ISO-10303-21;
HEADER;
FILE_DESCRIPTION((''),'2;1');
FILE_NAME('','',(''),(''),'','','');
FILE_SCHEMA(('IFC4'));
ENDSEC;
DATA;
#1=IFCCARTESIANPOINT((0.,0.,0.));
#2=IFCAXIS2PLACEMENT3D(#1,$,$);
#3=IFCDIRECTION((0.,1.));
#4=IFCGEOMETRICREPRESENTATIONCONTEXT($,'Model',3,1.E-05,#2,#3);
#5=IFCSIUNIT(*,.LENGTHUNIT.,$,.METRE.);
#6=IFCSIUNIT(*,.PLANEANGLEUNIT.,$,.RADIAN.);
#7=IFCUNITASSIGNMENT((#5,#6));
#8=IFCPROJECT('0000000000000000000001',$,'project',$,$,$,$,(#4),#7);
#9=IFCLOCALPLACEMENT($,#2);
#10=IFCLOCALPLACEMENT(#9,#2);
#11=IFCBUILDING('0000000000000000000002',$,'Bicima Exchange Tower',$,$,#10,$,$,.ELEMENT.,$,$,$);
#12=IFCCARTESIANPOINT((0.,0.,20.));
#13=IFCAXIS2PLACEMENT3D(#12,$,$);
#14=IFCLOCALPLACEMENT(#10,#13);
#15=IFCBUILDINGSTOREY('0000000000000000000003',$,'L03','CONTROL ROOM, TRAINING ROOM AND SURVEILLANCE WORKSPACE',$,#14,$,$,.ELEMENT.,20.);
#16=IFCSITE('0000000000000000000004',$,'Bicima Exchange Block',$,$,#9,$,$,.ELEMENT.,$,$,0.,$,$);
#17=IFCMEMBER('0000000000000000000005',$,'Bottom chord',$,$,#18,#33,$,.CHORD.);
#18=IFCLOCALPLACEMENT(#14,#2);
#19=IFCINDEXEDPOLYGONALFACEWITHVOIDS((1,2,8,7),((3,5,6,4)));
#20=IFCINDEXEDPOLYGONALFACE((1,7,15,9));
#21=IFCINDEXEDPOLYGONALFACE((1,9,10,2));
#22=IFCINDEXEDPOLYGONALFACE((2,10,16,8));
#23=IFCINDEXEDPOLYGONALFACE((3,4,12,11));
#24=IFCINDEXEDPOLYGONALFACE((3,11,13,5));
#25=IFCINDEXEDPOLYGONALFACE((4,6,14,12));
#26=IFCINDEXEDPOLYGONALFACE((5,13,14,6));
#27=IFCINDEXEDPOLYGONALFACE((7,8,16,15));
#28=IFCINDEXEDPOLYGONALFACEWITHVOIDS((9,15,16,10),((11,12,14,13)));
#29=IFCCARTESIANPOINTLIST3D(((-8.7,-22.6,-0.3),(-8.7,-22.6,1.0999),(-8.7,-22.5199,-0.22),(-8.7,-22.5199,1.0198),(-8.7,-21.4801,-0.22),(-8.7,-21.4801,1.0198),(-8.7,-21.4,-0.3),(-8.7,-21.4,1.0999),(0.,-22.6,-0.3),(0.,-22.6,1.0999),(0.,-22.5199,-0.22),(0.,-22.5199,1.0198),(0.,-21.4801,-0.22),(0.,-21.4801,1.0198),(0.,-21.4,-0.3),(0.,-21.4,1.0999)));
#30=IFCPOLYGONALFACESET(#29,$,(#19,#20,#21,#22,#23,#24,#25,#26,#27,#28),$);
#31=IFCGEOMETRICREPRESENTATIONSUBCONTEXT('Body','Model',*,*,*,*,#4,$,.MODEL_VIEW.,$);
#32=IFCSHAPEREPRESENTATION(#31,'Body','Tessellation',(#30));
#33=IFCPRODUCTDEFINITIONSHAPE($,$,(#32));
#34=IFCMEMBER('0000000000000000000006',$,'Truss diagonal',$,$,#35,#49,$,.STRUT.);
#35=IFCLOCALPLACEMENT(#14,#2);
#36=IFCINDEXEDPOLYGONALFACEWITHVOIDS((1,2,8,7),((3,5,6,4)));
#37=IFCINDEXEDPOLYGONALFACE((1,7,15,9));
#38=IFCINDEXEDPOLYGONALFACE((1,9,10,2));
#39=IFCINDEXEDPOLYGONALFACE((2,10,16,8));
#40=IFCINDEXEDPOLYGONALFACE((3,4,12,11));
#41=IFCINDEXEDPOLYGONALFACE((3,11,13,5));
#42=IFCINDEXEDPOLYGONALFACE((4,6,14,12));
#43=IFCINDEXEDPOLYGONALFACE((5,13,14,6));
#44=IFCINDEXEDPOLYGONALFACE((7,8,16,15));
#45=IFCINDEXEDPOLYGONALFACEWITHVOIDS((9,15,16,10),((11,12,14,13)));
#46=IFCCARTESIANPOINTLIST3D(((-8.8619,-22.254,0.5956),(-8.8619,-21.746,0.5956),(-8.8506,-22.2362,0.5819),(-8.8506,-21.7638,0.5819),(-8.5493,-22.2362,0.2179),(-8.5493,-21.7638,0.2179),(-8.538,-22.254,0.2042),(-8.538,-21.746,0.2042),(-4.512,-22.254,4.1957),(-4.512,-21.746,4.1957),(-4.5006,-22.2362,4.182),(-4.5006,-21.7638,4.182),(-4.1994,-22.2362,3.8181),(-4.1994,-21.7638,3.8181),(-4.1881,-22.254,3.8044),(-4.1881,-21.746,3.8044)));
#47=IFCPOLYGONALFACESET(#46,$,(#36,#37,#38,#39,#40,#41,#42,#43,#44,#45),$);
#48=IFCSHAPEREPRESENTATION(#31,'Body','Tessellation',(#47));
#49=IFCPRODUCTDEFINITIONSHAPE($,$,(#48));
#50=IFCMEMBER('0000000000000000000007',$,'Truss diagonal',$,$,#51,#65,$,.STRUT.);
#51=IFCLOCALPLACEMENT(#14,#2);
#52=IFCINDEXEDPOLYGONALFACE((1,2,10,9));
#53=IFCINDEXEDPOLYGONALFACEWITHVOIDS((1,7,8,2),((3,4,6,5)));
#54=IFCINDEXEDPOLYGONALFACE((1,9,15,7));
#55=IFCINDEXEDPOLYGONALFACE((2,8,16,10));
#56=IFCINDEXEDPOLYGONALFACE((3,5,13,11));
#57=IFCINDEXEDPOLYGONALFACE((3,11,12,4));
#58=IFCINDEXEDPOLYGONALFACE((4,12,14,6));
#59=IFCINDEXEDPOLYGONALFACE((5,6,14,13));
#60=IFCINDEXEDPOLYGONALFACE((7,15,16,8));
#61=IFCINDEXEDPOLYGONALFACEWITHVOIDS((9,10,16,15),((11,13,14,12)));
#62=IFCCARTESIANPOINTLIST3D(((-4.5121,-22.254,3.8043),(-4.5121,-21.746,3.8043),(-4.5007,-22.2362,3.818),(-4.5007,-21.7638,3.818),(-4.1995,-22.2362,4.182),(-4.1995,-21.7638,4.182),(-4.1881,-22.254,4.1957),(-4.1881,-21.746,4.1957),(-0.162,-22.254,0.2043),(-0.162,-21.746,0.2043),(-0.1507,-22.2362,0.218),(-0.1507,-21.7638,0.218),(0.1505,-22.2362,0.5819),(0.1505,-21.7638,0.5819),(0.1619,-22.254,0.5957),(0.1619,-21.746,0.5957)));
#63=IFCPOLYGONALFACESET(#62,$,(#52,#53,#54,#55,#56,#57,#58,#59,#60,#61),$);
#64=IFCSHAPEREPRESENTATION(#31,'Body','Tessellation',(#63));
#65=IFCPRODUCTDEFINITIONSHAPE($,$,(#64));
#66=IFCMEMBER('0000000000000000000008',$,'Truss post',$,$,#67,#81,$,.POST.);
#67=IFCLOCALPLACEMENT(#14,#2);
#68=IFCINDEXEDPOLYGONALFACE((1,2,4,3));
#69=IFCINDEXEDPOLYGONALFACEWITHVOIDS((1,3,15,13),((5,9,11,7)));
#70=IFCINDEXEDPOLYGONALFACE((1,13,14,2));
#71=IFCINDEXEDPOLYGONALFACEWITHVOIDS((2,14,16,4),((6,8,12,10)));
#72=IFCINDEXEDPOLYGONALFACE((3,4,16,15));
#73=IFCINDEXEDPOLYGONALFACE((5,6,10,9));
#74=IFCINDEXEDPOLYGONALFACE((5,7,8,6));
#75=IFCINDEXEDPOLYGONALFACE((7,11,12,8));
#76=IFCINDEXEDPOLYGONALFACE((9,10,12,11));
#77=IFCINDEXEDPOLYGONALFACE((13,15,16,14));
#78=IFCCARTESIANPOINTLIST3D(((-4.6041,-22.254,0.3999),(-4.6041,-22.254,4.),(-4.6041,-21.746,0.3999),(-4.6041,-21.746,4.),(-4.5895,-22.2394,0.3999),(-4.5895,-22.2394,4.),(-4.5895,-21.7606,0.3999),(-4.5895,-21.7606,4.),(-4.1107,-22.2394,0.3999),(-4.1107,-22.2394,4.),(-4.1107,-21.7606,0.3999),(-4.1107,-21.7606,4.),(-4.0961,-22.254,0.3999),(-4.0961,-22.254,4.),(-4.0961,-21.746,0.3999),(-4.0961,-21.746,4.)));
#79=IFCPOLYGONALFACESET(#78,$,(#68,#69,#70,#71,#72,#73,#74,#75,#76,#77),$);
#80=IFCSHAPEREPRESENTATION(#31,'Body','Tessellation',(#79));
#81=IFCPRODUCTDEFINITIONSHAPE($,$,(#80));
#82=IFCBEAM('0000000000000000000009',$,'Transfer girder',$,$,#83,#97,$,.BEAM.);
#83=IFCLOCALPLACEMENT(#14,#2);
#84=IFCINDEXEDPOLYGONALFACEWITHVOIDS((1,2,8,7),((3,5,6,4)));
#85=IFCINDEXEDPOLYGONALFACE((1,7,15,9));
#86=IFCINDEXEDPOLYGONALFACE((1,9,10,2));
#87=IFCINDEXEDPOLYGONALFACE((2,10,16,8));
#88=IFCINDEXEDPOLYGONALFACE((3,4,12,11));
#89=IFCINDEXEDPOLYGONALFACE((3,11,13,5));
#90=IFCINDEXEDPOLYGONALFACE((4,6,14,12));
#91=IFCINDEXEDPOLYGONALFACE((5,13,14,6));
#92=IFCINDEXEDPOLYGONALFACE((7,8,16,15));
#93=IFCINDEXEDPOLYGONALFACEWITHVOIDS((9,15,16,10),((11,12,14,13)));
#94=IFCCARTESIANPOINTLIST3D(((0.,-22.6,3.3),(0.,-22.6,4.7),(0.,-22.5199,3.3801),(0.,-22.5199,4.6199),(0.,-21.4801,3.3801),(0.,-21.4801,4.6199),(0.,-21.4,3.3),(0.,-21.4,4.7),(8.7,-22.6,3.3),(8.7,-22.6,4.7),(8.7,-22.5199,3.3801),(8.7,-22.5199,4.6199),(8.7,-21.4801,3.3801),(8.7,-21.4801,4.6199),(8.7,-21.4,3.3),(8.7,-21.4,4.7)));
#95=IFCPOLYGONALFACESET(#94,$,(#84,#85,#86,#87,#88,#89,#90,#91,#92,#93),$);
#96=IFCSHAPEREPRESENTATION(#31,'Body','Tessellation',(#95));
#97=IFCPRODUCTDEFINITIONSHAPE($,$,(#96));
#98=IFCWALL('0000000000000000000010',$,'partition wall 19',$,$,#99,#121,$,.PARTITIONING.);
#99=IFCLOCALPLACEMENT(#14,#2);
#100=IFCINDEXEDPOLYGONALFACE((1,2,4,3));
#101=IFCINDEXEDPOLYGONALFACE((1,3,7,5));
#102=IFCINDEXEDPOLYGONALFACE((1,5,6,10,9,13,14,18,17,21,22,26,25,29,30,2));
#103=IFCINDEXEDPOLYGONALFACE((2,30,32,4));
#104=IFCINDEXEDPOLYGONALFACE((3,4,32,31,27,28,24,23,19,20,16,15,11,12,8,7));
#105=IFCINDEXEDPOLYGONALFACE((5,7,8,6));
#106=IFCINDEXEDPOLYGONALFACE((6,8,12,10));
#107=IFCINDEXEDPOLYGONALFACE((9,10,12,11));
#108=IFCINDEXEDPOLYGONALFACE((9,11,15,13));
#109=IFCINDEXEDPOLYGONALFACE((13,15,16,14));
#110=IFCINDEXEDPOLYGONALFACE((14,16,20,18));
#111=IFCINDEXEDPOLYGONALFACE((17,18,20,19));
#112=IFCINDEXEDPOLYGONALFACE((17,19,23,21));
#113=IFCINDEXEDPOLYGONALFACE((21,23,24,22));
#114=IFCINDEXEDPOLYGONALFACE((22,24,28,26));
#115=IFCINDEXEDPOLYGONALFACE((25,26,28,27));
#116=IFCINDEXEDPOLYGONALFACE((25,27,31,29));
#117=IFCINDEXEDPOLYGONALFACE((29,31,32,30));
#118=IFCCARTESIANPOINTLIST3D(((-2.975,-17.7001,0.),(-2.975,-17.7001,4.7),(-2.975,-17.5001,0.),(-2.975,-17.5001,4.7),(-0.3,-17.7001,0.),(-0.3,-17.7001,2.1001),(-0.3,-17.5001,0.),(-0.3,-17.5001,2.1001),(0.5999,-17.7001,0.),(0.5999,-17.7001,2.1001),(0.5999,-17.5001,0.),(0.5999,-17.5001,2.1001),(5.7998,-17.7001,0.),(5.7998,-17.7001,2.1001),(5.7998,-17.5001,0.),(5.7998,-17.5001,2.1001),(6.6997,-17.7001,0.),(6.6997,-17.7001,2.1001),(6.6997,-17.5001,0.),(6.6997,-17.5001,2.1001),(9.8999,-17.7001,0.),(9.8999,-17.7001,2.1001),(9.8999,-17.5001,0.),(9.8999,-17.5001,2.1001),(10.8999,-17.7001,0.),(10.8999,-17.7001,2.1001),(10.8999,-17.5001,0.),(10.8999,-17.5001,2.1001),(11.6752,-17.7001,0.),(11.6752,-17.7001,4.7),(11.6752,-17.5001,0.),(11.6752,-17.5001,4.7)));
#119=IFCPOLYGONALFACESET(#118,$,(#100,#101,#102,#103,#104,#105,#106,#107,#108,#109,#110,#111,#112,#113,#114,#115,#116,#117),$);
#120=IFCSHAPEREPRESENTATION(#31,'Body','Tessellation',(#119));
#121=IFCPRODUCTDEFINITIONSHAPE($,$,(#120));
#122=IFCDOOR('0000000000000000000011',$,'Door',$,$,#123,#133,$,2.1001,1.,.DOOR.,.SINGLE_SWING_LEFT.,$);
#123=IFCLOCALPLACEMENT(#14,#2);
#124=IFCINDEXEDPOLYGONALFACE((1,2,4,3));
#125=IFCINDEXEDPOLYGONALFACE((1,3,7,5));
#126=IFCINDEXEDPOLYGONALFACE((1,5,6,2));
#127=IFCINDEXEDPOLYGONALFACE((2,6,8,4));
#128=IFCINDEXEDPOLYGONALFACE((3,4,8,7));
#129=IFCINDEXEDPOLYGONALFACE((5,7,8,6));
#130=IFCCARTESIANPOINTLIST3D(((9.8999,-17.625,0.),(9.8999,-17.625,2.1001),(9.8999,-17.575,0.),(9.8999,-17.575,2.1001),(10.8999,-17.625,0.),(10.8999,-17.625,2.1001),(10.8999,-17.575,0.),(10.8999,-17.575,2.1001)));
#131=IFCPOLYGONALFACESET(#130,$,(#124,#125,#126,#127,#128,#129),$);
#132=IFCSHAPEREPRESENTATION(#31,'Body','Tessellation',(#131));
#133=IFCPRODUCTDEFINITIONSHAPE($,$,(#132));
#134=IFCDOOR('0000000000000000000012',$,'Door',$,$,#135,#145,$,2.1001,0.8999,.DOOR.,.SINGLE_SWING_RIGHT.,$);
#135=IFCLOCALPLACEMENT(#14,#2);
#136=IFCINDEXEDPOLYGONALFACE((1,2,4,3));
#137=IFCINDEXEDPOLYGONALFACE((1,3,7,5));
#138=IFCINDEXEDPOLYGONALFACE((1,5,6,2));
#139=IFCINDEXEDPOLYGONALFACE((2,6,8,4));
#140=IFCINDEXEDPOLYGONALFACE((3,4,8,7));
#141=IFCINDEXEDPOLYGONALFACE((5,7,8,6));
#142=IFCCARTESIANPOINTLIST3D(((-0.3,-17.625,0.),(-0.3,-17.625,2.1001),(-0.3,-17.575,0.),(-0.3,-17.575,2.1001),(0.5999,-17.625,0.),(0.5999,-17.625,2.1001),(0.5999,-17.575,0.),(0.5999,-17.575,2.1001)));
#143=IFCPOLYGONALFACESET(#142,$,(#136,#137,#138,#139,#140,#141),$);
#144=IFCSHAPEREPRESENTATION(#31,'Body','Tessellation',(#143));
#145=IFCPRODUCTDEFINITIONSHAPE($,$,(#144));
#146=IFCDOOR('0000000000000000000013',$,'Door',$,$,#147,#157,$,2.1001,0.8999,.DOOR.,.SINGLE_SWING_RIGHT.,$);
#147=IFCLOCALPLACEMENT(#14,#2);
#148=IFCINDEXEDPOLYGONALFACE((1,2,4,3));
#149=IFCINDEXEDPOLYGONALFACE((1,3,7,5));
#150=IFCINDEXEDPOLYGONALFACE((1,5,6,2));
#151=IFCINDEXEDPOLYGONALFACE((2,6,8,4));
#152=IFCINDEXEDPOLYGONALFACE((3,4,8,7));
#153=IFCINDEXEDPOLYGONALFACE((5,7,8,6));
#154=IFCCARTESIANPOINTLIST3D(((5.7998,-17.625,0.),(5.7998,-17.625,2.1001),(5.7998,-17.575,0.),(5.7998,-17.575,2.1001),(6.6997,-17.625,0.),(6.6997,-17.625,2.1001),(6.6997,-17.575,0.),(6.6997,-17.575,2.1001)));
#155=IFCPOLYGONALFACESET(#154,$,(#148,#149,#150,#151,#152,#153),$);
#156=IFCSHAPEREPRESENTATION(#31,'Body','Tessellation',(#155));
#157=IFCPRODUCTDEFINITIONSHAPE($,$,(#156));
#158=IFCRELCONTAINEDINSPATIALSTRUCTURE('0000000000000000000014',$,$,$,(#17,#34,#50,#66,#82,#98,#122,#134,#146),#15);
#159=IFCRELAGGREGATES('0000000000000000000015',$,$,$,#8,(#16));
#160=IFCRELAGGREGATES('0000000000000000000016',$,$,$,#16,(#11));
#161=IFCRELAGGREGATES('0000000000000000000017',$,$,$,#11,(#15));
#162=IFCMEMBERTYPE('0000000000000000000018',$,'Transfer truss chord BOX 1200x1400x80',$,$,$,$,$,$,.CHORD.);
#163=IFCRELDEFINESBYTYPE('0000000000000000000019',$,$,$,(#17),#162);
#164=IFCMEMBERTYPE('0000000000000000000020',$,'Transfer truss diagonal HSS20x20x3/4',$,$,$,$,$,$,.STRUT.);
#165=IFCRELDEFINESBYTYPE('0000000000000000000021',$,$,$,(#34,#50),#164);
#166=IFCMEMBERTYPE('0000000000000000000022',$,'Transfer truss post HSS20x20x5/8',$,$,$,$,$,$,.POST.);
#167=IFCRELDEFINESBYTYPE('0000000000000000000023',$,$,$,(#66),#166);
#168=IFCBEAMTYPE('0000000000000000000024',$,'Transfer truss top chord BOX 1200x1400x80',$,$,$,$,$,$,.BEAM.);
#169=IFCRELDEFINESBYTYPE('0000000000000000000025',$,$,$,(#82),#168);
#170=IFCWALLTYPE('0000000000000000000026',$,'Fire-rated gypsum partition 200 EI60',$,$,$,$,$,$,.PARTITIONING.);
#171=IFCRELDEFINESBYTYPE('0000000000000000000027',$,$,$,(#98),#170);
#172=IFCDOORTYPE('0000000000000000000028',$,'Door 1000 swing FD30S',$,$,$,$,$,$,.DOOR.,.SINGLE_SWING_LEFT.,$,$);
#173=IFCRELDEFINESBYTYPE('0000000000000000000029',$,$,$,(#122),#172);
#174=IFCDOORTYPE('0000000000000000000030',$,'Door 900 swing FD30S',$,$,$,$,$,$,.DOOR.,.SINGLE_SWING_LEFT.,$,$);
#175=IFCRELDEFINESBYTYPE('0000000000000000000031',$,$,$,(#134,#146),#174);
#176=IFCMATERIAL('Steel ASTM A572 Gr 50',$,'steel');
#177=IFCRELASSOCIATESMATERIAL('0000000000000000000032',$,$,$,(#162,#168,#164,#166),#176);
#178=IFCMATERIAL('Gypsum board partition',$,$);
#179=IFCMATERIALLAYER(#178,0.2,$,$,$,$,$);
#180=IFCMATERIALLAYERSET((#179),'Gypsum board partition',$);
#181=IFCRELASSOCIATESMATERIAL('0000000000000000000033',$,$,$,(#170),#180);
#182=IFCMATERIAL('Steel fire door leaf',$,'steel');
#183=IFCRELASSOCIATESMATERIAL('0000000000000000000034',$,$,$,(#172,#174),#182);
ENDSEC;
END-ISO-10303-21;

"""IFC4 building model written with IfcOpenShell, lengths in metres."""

from ifc_helpers import new_model, si_unit, direction, frame, frame_2d, origin, origin_2d, place, context, subcontext, project, spatial, rectangle, hollow_rectangle, extrude, material, layer, layer_set, material_profile, profile_set, type_object, element, fill, save


model = new_model("IFC4")

# Units and contexts
model_context = context("Model", 3, precision=1e-05, world=origin(), true_north=direction((0.0, 1.0)))
body_context = subcontext(model_context, "Body", "Model", "MODEL_VIEW")
ifc_project = project(units=[si_unit("LENGTHUNIT", "METRE"), si_unit("PLANEANGLEUNIT", "RADIAN")], contexts=[model_context])

# Site, building, storey
site_placement = place(None, origin())
site = spatial("IfcSite", under=ifc_project, at=site_placement, Name="Bicima Exchange Block", CompositionType="ELEMENT", RefElevation=0.0)
building_placement = place(site_placement, origin())
building = spatial("IfcBuilding", under=site, at=building_placement, Name="Bicima Exchange Tower", CompositionType="ELEMENT")
storey_placement = place(building_placement, frame((0.0, 0.0, 20.0)))
storey = spatial("IfcBuildingStorey", under=building, at=storey_placement, Name="L03", Description="CONTROL ROOM, TRAINING ROOM AND SURVEILLANCE WORKSPACE", CompositionType="ELEMENT", Elevation=20.0)

# Members
ifc_material_1 = material(Name="Steel ASTM A572 Gr 50", Category="steel")
ifc_material_profile_1 = material_profile(ifc_material_1, hollow_rectangle(XDim=1.2, YDim=1.3999, WallThickness=0.0801, at=origin_2d()))
ifc_profile_set_1 = profile_set([ifc_material_profile_1], Name="Steel ASTM A572 Gr 50")
member_type_1 = type_object("IfcMemberType", Name="Transfer truss chord BOX 1200x1400x80", PredefinedType="CHORD", material=ifc_profile_set_1)
member_1_placement = place(storey_placement, frame((-8.7, -22.0, 0.3999), z_axis=(1.0, 0.0, 0.0), x_axis=(0.0, 1.0, 0.0)))
element("IfcMember", 1, at=member_1_placement, inside=storey, type_object=member_type_1, Name="Bottom chord", PredefinedType="CHORD", context=body_context, shape_type="SweptSolid", body=[
    extrude(hollow_rectangle(XDim=1.2, YDim=1.3999, WallThickness=0.0801, at=origin_2d()), origin(), (0.0, 0.0, 1.0), 8.7),
])
ifc_material_profile_2 = material_profile(ifc_material_1, hollow_rectangle(XDim=0.5081, YDim=0.5081, WallThickness=0.0178, at=origin_2d()))
ifc_profile_set_2 = profile_set([ifc_material_profile_2], Name="Steel ASTM A572 Gr 50")
member_type_2 = type_object("IfcMemberType", Name="Transfer truss diagonal HSS20x20x3/4", PredefinedType="STRUT", material=ifc_profile_set_2)
for number, where, z_axis, x_axis, name in (
    (2, (-8.7, -22.0, 0.3999), (0.770375, 0.0, 0.637591), (0.0, 1.0, 0.0), "Truss diagonal"),
    (3, (-4.3501, -22.0, 4.0), (0.770393, 0.0, -0.637569), (0.0, 1.0, 0.0), "Truss diagonal"),
):
    element("IfcMember", number, at=place(storey_placement, frame(where, z_axis=z_axis, x_axis=x_axis)), inside=storey, type_object=member_type_2, Name=name, PredefinedType="STRUT", context=body_context, shape_type="SweptSolid", body=[
        extrude(hollow_rectangle(XDim=0.5081, YDim=0.5081, WallThickness=0.0178, at=origin_2d()), origin(), (0.0, 0.0, 1.0), 5.6465),
    ])
ifc_material_profile_3 = material_profile(ifc_material_1, hollow_rectangle(XDim=0.5081, YDim=0.5081, WallThickness=0.0146, at=origin_2d()))
ifc_profile_set_3 = profile_set([ifc_material_profile_3], Name="Steel ASTM A572 Gr 50")
member_type_3 = type_object("IfcMemberType", Name="Transfer truss post HSS20x20x5/8", PredefinedType="POST", material=ifc_profile_set_3)
member_2_placement = place(storey_placement, frame((-4.3501, -22.0, 0.3999), z_axis=(0.0, 0.0, 1.0), x_axis=(1.0, 0.0, 0.0)))
element("IfcMember", 4, at=member_2_placement, inside=storey, type_object=member_type_3, Name="Truss post", PredefinedType="POST", context=body_context, shape_type="SweptSolid", body=[
    extrude(hollow_rectangle(XDim=0.5081, YDim=0.5081, WallThickness=0.0146, at=origin_2d()), origin(), (0.0, 0.0, 1.0), 3.6001),
])

# Beam
beam_type = type_object("IfcBeamType", Name="Transfer truss top chord BOX 1200x1400x80", PredefinedType="BEAM", material=ifc_profile_set_1)
beam_placement = place(storey_placement, frame((0.0, -22.0, 4.0), z_axis=(1.0, 0.0, 0.0), x_axis=(0.0, 1.0, 0.0)))
element("IfcBeam", 5, at=beam_placement, inside=storey, type_object=beam_type, Name="Transfer girder", PredefinedType="BEAM", context=body_context, shape_type="SweptSolid", body=[
    extrude(hollow_rectangle(XDim=1.2, YDim=1.3999, WallThickness=0.0801, at=origin_2d()), origin(), (0.0, 0.0, 1.0), 8.7),
])

# Wall, openings, doors
ifc_material_2 = material(Name="Gypsum board partition")
ifc_layer_1 = layer(ifc_material_2, 0.2)
ifc_layer_set_1 = layer_set([ifc_layer_1], Name="Gypsum board partition")
wall_type_1 = type_object("IfcWallType", Name="Fire-rated gypsum partition 200 EI60", PredefinedType="PARTITIONING", material=ifc_layer_set_1)
wall_1_placement = place(storey_placement, frame((-2.9751, -17.6001, 0.0), z_axis=(0.0, 0.0, 1.0), x_axis=(1.0, 0.0, 0.0)))
wall_1 = element("IfcWall", 6, at=wall_1_placement, inside=storey, type_object=wall_type_1, Name="partition wall 19", PredefinedType="PARTITIONING", context=body_context, shape_type="SweptSolid", body=[
    extrude(rectangle(XDim=14.6501, YDim=0.2, at=frame_2d((7.3252, 0.0))), origin(), (0.0, 0.0, 1.0), 4.7),
])
opening_1_placement = place(wall_1_placement, frame((2.675, 0.0, 0.0)))
opening_1 = element("IfcOpeningElement", 7, at=opening_1_placement, cuts=wall_1, PredefinedType="OPENING", context=body_context, shape_type="SweptSolid", body=[
    extrude(rectangle(XDim=0.8999, YDim=2.1001, at=frame_2d((0.45, 1.05))), frame((0.0, 0.1118, 0.0), z_axis=(0.0, -1.0, 0.0), x_axis=(1.0, 0.0, 0.0)), (0.0, 0.0, 1.0), 0.2239),
])
opening_2_placement = place(wall_1_placement, frame((8.7749, 0.0, 0.0)))
opening_2 = element("IfcOpeningElement", 8, at=opening_2_placement, cuts=wall_1, PredefinedType="OPENING", context=body_context, shape_type="SweptSolid", body=[
    extrude(rectangle(XDim=0.8999, YDim=2.1001, at=frame_2d((0.45, 1.05))), frame((0.0, 0.1118, 0.0), z_axis=(0.0, -1.0, 0.0), x_axis=(1.0, 0.0, 0.0)), (0.0, 0.0, 1.0), 0.2239),
])
opening_3_placement = place(wall_1_placement, frame((12.875, 0.0, 0.0)))
opening_3 = element("IfcOpeningElement", 9, at=opening_3_placement, cuts=wall_1, PredefinedType="OPENING", context=body_context, shape_type="SweptSolid", body=[
    extrude(rectangle(XDim=1.0, YDim=2.1001, at=frame_2d((0.5, 1.05))), frame((0.0, 0.1118, 0.0), z_axis=(0.0, -1.0, 0.0), x_axis=(1.0, 0.0, 0.0)), (0.0, 0.0, 1.0), 0.2239),
])
ifc_material_3 = material(Name="Steel fire door leaf", Category="steel")
door_type_1 = type_object("IfcDoorType", Name="Door 1000 swing FD30S", OperationType="SINGLE_SWING_LEFT", PredefinedType="DOOR", material=ifc_material_3)
door_1_placement = place(opening_3_placement, frame((1.0, 0.0, 0.0), z_axis=(0.0, 0.0, 1.0), x_axis=(-1.0, 0.0, 0.0)))
door_1 = element("IfcDoor", 10, at=door_1_placement, inside=storey, type_object=door_type_1, Name="Door", OperationType="SINGLE_SWING_LEFT", OverallHeight=2.1001, OverallWidth=1.0, PredefinedType="DOOR", context=body_context, shape_type="SweptSolid", body=[
    extrude(rectangle(XDim=1.0, YDim=2.1001, at=frame_2d((0.5, 1.05))), frame((0.0, 0.0249, 0.0), z_axis=(0.0, -1.0, 0.0), x_axis=(1.0, 0.0, 0.0)), (0.0, 0.0, 1.0), 0.05),
])
fill(opening_3, door_1)
door_type_2 = type_object("IfcDoorType", Name="Door 900 swing FD30S", OperationType="SINGLE_SWING_LEFT", PredefinedType="DOOR", material=ifc_material_3)
door_2_placement = place(opening_1_placement, frame((0.8999, 0.0, 0.0), z_axis=(0.0, 0.0, 1.0), x_axis=(-1.0, 0.0, 0.0)))
door_2 = element("IfcDoor", 11, at=door_2_placement, inside=storey, type_object=door_type_2, Name="Door", OperationType="SINGLE_SWING_RIGHT", OverallHeight=2.1001, OverallWidth=0.8999, PredefinedType="DOOR", context=body_context, shape_type="SweptSolid", body=[
    extrude(rectangle(XDim=0.8999, YDim=2.1001, at=frame_2d((0.45, 1.05))), frame((0.0, 0.0249, 0.0), z_axis=(0.0, -1.0, 0.0), x_axis=(1.0, 0.0, 0.0)), (0.0, 0.0, 1.0), 0.05),
])
fill(opening_1, door_2)
door_3_placement = place(opening_2_placement, frame((0.8999, 0.0, 0.0), z_axis=(0.0, 0.0, 1.0), x_axis=(-1.0, 0.0, 0.0)))
door_3 = element("IfcDoor", 12, at=door_3_placement, inside=storey, type_object=door_type_2, Name="Door", OperationType="SINGLE_SWING_RIGHT", OverallHeight=2.1001, OverallWidth=0.8999, PredefinedType="DOOR", context=body_context, shape_type="SweptSolid", body=[
    extrude(rectangle(XDim=0.8999, YDim=2.1001, at=frame_2d((0.45, 1.05))), frame((0.0, 0.0249, 0.0), z_axis=(0.0, -1.0, 0.0), x_axis=(1.0, 0.0, 0.0)), (0.0, 0.0, 1.0), 0.05),
])
fill(opening_2, door_3)

save(model, "model.ifc")
